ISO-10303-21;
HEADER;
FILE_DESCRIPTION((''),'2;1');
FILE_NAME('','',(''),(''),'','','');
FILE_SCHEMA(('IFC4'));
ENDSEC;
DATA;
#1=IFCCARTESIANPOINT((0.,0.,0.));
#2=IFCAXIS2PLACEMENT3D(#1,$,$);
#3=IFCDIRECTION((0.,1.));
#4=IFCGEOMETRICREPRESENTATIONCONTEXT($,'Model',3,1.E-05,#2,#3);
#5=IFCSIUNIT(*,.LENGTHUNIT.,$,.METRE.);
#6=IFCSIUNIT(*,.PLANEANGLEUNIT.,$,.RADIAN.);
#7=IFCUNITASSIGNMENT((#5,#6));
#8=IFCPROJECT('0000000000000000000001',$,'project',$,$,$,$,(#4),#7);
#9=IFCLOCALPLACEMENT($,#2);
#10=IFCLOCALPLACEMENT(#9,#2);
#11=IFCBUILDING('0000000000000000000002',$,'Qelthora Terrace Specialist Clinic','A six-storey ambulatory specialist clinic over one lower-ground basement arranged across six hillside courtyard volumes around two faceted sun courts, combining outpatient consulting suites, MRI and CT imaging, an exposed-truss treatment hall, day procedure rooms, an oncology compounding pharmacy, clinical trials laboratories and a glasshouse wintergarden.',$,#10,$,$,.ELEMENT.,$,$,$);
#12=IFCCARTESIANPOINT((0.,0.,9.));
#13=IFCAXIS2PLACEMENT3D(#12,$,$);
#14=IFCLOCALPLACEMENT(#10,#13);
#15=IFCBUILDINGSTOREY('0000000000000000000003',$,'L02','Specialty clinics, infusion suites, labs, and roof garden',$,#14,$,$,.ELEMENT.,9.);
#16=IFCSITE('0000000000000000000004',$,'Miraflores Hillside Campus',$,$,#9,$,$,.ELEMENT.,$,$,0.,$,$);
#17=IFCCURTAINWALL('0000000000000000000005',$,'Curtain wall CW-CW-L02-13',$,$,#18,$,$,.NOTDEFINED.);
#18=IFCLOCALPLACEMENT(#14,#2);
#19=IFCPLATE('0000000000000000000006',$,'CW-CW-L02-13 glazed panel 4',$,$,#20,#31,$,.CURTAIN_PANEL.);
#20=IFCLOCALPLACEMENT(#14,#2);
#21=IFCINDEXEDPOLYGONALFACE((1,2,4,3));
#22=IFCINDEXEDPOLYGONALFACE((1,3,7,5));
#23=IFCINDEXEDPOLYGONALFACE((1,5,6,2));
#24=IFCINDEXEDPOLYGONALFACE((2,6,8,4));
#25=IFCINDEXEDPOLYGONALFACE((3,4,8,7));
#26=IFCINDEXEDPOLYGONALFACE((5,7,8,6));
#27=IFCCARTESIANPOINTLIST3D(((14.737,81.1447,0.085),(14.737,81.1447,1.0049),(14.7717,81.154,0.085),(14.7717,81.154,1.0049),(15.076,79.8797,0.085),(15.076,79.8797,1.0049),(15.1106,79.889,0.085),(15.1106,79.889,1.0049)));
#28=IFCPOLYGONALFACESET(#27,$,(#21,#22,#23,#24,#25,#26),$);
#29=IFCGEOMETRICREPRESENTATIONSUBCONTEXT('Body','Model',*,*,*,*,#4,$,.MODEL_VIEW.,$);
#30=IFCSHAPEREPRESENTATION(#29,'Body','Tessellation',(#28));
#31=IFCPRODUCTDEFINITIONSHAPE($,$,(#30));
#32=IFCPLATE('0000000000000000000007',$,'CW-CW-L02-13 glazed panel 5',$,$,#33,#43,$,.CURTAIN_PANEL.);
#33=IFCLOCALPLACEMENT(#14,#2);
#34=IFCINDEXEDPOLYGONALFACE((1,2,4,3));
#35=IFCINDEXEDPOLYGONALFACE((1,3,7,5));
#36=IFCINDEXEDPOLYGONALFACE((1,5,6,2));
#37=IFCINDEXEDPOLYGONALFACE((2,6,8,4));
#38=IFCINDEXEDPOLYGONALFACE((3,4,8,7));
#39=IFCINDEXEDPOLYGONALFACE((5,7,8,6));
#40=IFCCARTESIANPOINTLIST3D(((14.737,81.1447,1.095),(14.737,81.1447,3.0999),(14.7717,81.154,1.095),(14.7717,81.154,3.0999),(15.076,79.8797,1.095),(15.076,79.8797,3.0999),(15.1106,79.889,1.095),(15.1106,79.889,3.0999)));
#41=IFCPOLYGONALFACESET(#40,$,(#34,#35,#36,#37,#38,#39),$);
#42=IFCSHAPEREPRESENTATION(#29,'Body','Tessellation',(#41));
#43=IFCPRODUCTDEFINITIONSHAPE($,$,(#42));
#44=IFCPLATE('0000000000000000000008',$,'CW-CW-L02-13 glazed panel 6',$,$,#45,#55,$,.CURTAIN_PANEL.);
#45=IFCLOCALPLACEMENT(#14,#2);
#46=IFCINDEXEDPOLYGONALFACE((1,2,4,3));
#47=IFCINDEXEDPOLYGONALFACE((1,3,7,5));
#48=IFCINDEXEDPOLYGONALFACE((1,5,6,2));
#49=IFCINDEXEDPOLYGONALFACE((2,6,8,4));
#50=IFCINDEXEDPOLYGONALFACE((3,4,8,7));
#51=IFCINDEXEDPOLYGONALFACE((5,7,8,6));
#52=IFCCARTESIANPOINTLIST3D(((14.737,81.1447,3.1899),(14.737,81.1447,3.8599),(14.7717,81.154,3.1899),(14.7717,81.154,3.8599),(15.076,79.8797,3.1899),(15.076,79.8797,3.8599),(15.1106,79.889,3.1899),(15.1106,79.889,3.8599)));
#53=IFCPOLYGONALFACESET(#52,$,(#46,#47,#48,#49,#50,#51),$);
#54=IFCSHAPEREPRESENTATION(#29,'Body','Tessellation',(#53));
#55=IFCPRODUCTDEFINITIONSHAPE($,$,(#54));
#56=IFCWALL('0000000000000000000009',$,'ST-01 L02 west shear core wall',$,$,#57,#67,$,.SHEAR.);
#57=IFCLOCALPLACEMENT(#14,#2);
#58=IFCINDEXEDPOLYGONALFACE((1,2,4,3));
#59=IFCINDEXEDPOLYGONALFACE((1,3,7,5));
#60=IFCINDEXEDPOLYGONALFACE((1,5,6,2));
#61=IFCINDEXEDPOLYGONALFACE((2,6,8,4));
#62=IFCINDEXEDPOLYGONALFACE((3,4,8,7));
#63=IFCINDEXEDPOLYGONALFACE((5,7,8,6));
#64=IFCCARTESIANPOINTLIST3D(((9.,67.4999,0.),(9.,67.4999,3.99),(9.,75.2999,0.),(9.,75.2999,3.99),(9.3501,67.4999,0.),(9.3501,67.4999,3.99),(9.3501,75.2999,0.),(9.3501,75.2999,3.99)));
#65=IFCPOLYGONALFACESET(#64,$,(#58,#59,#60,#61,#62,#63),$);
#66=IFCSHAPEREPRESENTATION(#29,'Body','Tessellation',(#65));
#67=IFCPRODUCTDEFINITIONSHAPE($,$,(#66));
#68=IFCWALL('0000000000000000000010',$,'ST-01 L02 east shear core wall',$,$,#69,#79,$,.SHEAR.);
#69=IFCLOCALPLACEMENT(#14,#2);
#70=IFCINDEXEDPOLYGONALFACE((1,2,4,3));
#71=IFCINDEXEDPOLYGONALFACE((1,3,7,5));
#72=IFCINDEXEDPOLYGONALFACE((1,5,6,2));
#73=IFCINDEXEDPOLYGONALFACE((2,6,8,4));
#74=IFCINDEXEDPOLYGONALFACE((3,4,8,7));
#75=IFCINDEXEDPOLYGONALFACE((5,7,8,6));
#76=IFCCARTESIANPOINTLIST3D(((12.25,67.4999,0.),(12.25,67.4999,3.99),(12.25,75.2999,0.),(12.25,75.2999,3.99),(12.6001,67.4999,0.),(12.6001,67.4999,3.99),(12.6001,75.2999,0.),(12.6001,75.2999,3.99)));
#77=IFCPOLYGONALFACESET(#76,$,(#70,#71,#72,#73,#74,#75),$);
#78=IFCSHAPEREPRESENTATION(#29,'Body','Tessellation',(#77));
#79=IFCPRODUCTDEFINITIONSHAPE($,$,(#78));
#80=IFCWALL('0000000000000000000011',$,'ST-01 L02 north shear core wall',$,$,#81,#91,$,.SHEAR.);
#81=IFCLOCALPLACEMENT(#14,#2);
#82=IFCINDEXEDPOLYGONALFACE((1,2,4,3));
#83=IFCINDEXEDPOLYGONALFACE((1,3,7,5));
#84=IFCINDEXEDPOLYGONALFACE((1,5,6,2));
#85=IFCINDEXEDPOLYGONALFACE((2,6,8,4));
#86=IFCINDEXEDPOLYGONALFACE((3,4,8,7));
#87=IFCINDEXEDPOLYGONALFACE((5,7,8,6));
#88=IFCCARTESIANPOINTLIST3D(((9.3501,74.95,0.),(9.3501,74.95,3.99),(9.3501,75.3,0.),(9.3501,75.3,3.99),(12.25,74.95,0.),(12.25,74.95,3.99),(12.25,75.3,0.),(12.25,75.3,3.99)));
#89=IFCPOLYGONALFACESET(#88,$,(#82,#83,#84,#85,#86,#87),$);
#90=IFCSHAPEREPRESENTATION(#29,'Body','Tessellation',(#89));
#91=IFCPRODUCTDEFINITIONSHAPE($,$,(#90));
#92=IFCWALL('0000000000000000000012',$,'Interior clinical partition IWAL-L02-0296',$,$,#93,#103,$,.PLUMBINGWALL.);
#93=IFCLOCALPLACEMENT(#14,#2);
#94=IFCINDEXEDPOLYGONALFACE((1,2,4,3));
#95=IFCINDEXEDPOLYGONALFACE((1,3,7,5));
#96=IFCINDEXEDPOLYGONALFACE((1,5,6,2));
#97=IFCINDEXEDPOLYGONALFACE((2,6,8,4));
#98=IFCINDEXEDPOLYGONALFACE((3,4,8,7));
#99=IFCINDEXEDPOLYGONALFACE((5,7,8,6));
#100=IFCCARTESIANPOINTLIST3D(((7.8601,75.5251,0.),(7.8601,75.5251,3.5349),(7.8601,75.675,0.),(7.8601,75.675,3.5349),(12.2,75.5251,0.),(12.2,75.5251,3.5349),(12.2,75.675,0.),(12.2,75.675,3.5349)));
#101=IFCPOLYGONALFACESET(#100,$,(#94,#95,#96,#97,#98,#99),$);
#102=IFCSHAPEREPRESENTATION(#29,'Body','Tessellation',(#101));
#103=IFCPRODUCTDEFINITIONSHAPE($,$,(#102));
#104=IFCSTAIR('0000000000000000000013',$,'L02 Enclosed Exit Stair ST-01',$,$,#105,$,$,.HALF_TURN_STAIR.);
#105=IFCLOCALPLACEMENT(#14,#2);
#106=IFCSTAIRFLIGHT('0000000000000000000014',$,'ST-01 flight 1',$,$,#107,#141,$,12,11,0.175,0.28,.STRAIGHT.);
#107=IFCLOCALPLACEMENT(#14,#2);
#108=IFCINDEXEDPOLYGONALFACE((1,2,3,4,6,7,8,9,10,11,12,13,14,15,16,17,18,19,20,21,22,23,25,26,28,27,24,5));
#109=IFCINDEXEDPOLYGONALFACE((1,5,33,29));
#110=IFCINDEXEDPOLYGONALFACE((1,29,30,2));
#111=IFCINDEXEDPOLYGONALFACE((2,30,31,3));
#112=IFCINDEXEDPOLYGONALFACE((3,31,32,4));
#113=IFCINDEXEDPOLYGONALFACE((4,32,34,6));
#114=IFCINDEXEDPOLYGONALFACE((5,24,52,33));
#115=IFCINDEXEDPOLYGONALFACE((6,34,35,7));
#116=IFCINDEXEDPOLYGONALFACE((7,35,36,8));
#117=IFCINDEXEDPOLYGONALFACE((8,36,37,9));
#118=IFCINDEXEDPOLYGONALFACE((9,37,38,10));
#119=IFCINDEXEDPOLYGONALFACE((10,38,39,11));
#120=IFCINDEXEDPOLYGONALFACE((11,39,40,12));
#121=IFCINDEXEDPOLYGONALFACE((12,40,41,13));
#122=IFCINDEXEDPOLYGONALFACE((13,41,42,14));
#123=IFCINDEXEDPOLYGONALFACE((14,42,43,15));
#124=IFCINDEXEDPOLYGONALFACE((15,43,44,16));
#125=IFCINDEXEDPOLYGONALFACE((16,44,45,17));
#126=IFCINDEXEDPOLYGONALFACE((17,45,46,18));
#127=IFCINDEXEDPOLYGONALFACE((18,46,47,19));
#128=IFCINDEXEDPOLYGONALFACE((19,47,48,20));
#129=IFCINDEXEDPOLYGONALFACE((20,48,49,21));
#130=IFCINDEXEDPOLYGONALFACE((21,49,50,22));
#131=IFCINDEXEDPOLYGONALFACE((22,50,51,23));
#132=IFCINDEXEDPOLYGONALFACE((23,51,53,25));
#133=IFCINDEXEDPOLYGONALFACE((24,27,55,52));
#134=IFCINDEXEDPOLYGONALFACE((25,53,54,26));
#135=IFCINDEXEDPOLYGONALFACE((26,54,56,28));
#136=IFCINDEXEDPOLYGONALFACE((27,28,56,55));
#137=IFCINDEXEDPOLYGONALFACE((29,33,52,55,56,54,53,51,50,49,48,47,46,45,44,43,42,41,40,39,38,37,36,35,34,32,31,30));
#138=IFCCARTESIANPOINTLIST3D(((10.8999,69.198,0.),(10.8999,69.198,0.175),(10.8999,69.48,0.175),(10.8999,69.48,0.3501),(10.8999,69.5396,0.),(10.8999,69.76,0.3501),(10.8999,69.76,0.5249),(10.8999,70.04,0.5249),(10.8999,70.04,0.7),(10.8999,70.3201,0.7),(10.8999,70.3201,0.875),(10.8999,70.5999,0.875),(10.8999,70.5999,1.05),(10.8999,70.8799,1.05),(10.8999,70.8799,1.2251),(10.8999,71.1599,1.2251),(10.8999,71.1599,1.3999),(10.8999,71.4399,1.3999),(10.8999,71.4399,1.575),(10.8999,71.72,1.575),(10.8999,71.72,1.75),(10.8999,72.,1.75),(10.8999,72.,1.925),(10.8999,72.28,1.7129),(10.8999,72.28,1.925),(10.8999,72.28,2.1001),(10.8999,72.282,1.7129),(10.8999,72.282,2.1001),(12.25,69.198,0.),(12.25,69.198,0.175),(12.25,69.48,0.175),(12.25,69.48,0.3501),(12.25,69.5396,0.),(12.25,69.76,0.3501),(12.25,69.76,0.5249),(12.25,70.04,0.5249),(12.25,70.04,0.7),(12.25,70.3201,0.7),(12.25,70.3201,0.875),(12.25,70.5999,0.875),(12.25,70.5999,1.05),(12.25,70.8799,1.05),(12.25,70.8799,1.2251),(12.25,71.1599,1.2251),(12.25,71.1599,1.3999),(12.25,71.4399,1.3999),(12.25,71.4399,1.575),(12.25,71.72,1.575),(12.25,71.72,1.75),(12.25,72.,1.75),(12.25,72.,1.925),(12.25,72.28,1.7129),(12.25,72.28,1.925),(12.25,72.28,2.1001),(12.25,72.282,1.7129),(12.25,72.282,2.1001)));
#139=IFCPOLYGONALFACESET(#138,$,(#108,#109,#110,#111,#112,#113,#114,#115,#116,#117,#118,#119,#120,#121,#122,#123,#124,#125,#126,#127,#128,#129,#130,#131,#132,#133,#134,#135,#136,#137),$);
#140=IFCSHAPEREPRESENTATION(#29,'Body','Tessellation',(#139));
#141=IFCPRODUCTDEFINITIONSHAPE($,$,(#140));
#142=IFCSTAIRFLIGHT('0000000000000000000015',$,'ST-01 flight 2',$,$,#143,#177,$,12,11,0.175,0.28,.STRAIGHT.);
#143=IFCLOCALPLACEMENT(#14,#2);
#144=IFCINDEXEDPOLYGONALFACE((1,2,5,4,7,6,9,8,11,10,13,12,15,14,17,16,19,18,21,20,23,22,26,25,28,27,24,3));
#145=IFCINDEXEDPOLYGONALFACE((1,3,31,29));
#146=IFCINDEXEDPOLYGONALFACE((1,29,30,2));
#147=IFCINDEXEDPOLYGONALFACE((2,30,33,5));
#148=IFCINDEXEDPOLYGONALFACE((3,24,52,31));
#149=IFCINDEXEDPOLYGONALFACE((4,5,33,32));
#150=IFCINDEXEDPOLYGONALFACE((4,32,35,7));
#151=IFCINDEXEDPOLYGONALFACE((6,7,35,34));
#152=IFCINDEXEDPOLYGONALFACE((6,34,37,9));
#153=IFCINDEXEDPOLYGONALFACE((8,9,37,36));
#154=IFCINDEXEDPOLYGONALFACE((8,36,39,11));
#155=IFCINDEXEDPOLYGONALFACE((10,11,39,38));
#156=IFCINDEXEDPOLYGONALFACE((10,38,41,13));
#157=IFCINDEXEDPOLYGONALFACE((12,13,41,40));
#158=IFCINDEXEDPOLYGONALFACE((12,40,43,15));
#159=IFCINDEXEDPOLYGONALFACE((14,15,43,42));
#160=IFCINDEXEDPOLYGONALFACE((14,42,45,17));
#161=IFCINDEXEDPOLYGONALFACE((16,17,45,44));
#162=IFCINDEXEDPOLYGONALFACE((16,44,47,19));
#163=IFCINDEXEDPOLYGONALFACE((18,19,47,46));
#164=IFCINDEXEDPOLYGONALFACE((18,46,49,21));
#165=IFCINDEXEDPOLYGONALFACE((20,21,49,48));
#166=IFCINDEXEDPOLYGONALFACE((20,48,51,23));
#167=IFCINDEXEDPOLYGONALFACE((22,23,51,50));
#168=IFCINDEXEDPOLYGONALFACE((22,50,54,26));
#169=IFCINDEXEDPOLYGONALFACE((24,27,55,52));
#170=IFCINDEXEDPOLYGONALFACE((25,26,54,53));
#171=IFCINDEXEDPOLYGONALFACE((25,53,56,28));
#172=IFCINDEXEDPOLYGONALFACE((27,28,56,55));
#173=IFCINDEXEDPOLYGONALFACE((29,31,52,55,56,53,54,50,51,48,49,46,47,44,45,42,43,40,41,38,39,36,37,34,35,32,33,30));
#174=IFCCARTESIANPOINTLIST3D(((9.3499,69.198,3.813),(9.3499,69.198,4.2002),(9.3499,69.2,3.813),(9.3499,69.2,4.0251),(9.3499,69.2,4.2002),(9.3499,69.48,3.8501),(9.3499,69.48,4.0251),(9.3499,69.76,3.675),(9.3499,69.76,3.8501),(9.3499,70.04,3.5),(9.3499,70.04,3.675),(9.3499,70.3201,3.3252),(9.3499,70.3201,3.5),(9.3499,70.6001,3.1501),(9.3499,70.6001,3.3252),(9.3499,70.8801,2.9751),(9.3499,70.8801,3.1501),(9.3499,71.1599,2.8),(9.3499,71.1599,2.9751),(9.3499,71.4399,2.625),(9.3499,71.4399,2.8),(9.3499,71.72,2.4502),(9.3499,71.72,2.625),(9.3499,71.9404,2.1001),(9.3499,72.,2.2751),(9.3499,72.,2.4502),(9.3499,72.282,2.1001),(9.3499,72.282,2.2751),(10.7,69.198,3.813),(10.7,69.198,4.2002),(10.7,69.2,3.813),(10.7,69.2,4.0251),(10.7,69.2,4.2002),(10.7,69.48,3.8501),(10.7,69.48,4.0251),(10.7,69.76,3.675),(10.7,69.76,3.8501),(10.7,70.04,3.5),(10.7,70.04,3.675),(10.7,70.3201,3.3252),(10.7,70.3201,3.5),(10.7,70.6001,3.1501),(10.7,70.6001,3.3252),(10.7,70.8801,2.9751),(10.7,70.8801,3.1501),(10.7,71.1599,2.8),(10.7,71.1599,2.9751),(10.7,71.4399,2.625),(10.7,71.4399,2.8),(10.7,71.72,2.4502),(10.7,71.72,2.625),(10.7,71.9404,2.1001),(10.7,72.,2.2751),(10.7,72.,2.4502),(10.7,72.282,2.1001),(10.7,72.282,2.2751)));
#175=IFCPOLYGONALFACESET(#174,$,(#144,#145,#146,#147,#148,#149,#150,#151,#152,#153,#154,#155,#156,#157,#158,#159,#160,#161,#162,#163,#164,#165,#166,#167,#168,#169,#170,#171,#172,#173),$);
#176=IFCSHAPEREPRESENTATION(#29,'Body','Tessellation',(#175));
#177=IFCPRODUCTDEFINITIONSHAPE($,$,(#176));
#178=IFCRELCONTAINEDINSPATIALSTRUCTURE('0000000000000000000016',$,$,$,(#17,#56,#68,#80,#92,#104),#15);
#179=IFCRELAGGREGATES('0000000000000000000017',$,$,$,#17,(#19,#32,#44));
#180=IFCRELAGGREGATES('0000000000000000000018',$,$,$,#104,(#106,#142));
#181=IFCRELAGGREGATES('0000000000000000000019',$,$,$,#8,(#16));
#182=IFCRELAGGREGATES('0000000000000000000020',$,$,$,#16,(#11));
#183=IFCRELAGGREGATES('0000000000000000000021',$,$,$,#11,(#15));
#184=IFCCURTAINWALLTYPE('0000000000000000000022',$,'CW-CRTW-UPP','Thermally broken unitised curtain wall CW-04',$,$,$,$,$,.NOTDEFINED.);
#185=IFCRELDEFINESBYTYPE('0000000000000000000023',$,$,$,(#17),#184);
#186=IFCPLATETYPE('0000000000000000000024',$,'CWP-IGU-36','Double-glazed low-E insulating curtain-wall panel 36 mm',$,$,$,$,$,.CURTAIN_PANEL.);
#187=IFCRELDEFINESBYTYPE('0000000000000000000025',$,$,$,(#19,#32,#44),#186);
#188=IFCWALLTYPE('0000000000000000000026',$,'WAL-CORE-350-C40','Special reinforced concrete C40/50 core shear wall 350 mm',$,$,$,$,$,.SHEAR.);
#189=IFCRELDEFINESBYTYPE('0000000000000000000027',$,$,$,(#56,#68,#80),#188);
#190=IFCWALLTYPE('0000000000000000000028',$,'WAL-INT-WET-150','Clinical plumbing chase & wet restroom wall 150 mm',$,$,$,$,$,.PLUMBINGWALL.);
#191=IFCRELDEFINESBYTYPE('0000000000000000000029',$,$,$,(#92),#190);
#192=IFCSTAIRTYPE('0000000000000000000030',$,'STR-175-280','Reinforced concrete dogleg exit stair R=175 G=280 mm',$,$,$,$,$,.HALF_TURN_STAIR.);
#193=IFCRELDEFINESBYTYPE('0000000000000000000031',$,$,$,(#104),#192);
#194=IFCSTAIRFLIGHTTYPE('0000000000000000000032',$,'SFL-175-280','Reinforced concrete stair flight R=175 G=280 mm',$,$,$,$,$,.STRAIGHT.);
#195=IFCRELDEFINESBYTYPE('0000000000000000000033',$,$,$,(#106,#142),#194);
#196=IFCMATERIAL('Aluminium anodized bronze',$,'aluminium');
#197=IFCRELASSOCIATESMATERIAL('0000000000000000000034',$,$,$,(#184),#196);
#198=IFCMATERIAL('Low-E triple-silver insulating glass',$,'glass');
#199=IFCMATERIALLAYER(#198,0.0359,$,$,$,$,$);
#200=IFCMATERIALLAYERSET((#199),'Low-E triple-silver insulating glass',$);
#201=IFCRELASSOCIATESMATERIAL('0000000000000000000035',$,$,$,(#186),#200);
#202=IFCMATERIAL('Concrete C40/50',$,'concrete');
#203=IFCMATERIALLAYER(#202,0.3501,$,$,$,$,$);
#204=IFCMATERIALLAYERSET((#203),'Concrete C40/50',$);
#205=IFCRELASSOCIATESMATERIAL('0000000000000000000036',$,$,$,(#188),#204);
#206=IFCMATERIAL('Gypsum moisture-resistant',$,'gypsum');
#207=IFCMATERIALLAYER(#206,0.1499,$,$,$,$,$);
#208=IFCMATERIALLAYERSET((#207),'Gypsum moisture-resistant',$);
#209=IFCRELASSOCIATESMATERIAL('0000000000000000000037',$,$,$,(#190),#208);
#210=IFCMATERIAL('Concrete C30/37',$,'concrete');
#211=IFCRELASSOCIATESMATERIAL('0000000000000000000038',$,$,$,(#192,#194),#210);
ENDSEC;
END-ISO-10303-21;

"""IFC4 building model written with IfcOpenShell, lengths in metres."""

from ifc_helpers import new_model, si_unit, direction, frame, frame_2d, origin, origin_2d, place, context, subcontext, project, spatial, polyline, rectangle, outline, extrude, material, layer, layer_set, type_object, element, aggregate, save


model = new_model("IFC4")

# Units and contexts
model_context = context("Model", 3, precision=1e-05, world=origin(), true_north=direction((0.0, 1.0)))
body_context = subcontext(model_context, "Body", "Model", "MODEL_VIEW")
ifc_project = project(units=[si_unit("LENGTHUNIT", "METRE"), si_unit("PLANEANGLEUNIT", "RADIAN")], contexts=[model_context])

# Site, building, storey
site_placement = place(None, origin())
site = spatial("IfcSite", under=ifc_project, at=site_placement, Name="Miraflores Hillside Campus", CompositionType="ELEMENT", RefElevation=0.0)
building_placement = place(site_placement, origin())
building = spatial("IfcBuilding", under=site, at=building_placement, Name="Qelthora Terrace Specialist Clinic", Description="A six-storey ambulatory specialist clinic over one lower-ground basement arranged across six hillside courtyard volumes around two faceted sun courts, combining outpatient consulting suites, MRI and CT imaging, an exposed-truss treatment hall, day procedure rooms, an oncology compounding pharmacy, clinical trials laboratories and a glasshouse wintergarden.", CompositionType="ELEMENT")
storey_placement = place(building_placement, frame((0.0, 0.0, 9.0)))
storey = spatial("IfcBuildingStorey", under=building, at=storey_placement, Name="L02", Description="Specialty clinics, infusion suites, labs, and roof garden", CompositionType="ELEMENT", Elevation=9.0)

# Curtain wall
ifc_material_1 = material(Name="Aluminium anodized bronze", Category="aluminium")
curtain_wall_type = type_object("IfcCurtainWallType", Name="CW-CRTW-UPP", Description="Thermally broken unitised curtain wall CW-04", PredefinedType="NOTDEFINED", material=ifc_material_1)
curtain_wall_placement = place(storey_placement, origin())
curtain_wall = element("IfcCurtainWall", 1, at=curtain_wall_placement, inside=storey, type_object=curtain_wall_type, Name="Curtain wall CW-CW-L02-13", PredefinedType="NOTDEFINED")

# Plates
ifc_material_2 = material(Name="Low-E triple-silver insulating glass", Category="glass")
ifc_layer_1 = layer(ifc_material_2, 0.0359)
ifc_layer_set_1 = layer_set([ifc_layer_1], Name="Low-E triple-silver insulating glass")
plate_type = type_object("IfcPlateType", Name="CWP-IGU-36", Description="Double-glazed low-E insulating curtain-wall panel 36 mm", PredefinedType="CURTAIN_PANEL", material=ifc_layer_set_1)
plate_1_placement = place(storey_placement, frame((14.9238, 80.5168, 0.085), z_axis=(0.0, 0.0, 1.0), x_axis=(0.258821, -0.965925, 0.0)))
plate_1 = element("IfcPlate", 2, at=plate_1_placement, type_object=plate_type, Name="CW-CW-L02-13 glazed panel 4", PredefinedType="CURTAIN_PANEL", context=body_context, shape_type="SweptSolid", body=[
    extrude(rectangle(XDim=1.3096, YDim=0.0359, at=origin_2d()), origin(), (0.0, 0.0, 1.0), 0.9199),
])
plate_2_placement = place(storey_placement, frame((14.9238, 80.5168, 1.095), z_axis=(0.0, 0.0, 1.0), x_axis=(0.258821, -0.965925, 0.0)))
plate_2 = element("IfcPlate", 3, at=plate_2_placement, type_object=plate_type, Name="CW-CW-L02-13 glazed panel 5", PredefinedType="CURTAIN_PANEL", context=body_context, shape_type="SweptSolid", body=[
    extrude(rectangle(XDim=1.3096, YDim=0.0359, at=origin_2d()), origin(), (0.0, 0.0, 1.0), 2.0049),
])
plate_3_placement = place(storey_placement, frame((14.9238, 80.5168, 3.1899), z_axis=(0.0, 0.0, 1.0), x_axis=(0.258821, -0.965925, 0.0)))
plate_3 = element("IfcPlate", 4, at=plate_3_placement, type_object=plate_type, Name="CW-CW-L02-13 glazed panel 6", PredefinedType="CURTAIN_PANEL", context=body_context, shape_type="SweptSolid", body=[
    extrude(rectangle(XDim=1.3096, YDim=0.0359, at=origin_2d()), origin(), (0.0, 0.0, 1.0), 0.6699),
])
aggregate(curtain_wall, [plate_1, plate_2, plate_3])

# Walls
ifc_material_3 = material(Name="Concrete C40/50", Category="concrete")
ifc_layer_2 = layer(ifc_material_3, 0.3501)
ifc_layer_set_2 = layer_set([ifc_layer_2], Name="Concrete C40/50")
wall_type_1 = type_object("IfcWallType", Name="WAL-CORE-350-C40", Description="Special reinforced concrete C40/50 core shear wall 350 mm", PredefinedType="SHEAR", material=ifc_layer_set_2)
for number, where, z_axis, x_axis, name in (
    (5, (9.175, 67.5, 0.0), (0.0, 0.0, 1.0), (0.0, 1.0, 0.0), "ST-01 L02 west shear core wall"),
    (6, (12.425, 67.5, 0.0), (0.0, 0.0, 1.0), (0.0, 1.0, 0.0), "ST-01 L02 east shear core wall"),
):
    element("IfcWall", number, at=place(storey_placement, frame(where, z_axis=z_axis, x_axis=x_axis)), inside=storey, type_object=wall_type_1, Name=name, PredefinedType="SHEAR", context=body_context, shape_type="SweptSolid", body=[
        extrude(rectangle(XDim=7.8, YDim=0.3501, at=frame_2d((3.8999, 0.0))), origin(), (0.0, 0.0, 1.0), 3.99),
    ])
wall_1_placement = place(storey_placement, frame((9.3501, 75.125, 0.0), z_axis=(0.0, 0.0, 1.0), x_axis=(1.0, 0.0, 0.0)))
element("IfcWall", 7, at=wall_1_placement, inside=storey, type_object=wall_type_1, Name="ST-01 L02 north shear core wall", PredefinedType="SHEAR", context=body_context, shape_type="SweptSolid", body=[
    extrude(rectangle(XDim=2.8999, YDim=0.3501, at=frame_2d((1.45, 0.0))), origin(), (0.0, 0.0, 1.0), 3.99),
])

# Wall
ifc_material_4 = material(Name="Gypsum moisture-resistant", Category="gypsum")
ifc_layer_3 = layer(ifc_material_4, 0.1499)
ifc_layer_set_3 = layer_set([ifc_layer_3], Name="Gypsum moisture-resistant")
wall_type_2 = type_object("IfcWallType", Name="WAL-INT-WET-150", Description="Clinical plumbing chase & wet restroom wall 150 mm", PredefinedType="PLUMBINGWALL", material=ifc_layer_set_3)
wall_2_placement = place(storey_placement, frame((12.2, 75.6001, 0.0), z_axis=(0.0, 0.0, 1.0), x_axis=(-1.0, 0.0, 0.0)))
element("IfcWall", 8, at=wall_2_placement, inside=storey, type_object=wall_type_2, Name="Interior clinical partition IWAL-L02-0296", PredefinedType="PLUMBINGWALL", context=body_context, shape_type="SweptSolid", body=[
    extrude(rectangle(XDim=4.3398, YDim=0.1499, at=frame_2d((2.1699, 0.0))), origin(), (0.0, 0.0, 1.0), 3.5349),
])

# Stair, stair flights
ifc_material_5 = material(Name="Concrete C30/37", Category="concrete")
stair_type = type_object("IfcStairType", Name="STR-175-280", Description="Reinforced concrete dogleg exit stair R=175 G=280 mm", PredefinedType="HALF_TURN_STAIR", material=ifc_material_5)
stair_placement = place(storey_placement, origin())
stair = element("IfcStair", 9, at=stair_placement, inside=storey, type_object=stair_type, Name="L02 Enclosed Exit Stair ST-01", PredefinedType="HALF_TURN_STAIR")
stair_flight_type = type_object("IfcStairFlightType", Name="SFL-175-280", Description="Reinforced concrete stair flight R=175 G=280 mm", PredefinedType="STRAIGHT", material=ifc_material_5)
stair_flight_1_placement = place(storey_placement, frame((11.575, 69.2, 0.0), z_axis=(0.0, 0.0, 1.0), x_axis=(0.0, 1.0, 0.0)))
stair_flight_1 = element("IfcStairFlight", 10, at=stair_flight_1_placement, type_object=stair_flight_type, Name="ST-01 flight 1", NumberOfRisers=12, NumberOfTreads=11, PredefinedType="STRAIGHT", RiserHeight=0.175, TreadLength=0.28, context=body_context, shape_type="SweptSolid", body=[
    extrude(outline(polyline([(-0.002, 0.0), (-0.002, 0.175), (0.28, 0.175), (0.28, 0.3501), (0.5601, 0.3501), (0.5601, 0.5249), (0.8401, 0.5249), (0.8401, 0.7), (1.1201, 0.7), (1.1201, 0.875), (1.3999, 0.875), (1.3999, 1.05), (1.6799, 1.05), (1.6799, 1.2251), (1.96, 1.2251), (1.96, 1.3999), (2.24, 1.3999), (2.24, 1.575), (2.52, 1.575), (2.52, 1.75), (2.8, 1.75), (2.8, 1.925), (3.0801, 1.925), (3.0801, 2.1001), (3.082, 2.1001), (3.082, 1.7129), (3.0801, 1.7129), (0.3396, 0.0), (-0.002, 0.0)])), frame((0.0, 0.675, 0.0), z_axis=(0.0, -1.0, 0.0), x_axis=(1.0, 0.0, 0.0)), (0.0, 0.0, 1.0), 1.3501),
])
stair_flight_2_placement = place(storey_placement, frame((10.0249, 72.28, 2.1001), z_axis=(0.0, 0.0, 1.0), x_axis=(0.0, -1.0, 0.0)))
stair_flight_2 = element("IfcStairFlight", 11, at=stair_flight_2_placement, type_object=stair_flight_type, Name="ST-01 flight 2", NumberOfRisers=12, NumberOfTreads=11, PredefinedType="STRAIGHT", RiserHeight=0.175, TreadLength=0.28, context=body_context, shape_type="SweptSolid", body=[
    extrude(outline(polyline([(-0.002, 0.0), (-0.002, 0.175), (0.28, 0.175), (0.28, 0.3501), (0.5601, 0.3501), (0.5601, 0.5249), (0.8401, 0.5249), (0.8401, 0.7), (1.1201, 0.7), (1.1201, 0.875), (1.3999, 0.875), (1.3999, 1.05), (1.6799, 1.05), (1.6799, 1.2251), (1.96, 1.2251), (1.96, 1.3999), (2.24, 1.3999), (2.24, 1.575), (2.52, 1.575), (2.52, 1.75), (2.8, 1.75), (2.8, 1.925), (3.0801, 1.925), (3.0801, 2.1001), (3.082, 2.1001), (3.082, 1.7129), (3.0801, 1.7129), (0.3396, 0.0), (-0.002, 0.0)])), frame((0.0, 0.675, 0.0), z_axis=(0.0, -1.0, 0.0), x_axis=(1.0, 0.0, 0.0)), (0.0, 0.0, 1.0), 1.3501),
])
aggregate(stair, [stair_flight_1, stair_flight_2])

save(model, "model.ifc")
